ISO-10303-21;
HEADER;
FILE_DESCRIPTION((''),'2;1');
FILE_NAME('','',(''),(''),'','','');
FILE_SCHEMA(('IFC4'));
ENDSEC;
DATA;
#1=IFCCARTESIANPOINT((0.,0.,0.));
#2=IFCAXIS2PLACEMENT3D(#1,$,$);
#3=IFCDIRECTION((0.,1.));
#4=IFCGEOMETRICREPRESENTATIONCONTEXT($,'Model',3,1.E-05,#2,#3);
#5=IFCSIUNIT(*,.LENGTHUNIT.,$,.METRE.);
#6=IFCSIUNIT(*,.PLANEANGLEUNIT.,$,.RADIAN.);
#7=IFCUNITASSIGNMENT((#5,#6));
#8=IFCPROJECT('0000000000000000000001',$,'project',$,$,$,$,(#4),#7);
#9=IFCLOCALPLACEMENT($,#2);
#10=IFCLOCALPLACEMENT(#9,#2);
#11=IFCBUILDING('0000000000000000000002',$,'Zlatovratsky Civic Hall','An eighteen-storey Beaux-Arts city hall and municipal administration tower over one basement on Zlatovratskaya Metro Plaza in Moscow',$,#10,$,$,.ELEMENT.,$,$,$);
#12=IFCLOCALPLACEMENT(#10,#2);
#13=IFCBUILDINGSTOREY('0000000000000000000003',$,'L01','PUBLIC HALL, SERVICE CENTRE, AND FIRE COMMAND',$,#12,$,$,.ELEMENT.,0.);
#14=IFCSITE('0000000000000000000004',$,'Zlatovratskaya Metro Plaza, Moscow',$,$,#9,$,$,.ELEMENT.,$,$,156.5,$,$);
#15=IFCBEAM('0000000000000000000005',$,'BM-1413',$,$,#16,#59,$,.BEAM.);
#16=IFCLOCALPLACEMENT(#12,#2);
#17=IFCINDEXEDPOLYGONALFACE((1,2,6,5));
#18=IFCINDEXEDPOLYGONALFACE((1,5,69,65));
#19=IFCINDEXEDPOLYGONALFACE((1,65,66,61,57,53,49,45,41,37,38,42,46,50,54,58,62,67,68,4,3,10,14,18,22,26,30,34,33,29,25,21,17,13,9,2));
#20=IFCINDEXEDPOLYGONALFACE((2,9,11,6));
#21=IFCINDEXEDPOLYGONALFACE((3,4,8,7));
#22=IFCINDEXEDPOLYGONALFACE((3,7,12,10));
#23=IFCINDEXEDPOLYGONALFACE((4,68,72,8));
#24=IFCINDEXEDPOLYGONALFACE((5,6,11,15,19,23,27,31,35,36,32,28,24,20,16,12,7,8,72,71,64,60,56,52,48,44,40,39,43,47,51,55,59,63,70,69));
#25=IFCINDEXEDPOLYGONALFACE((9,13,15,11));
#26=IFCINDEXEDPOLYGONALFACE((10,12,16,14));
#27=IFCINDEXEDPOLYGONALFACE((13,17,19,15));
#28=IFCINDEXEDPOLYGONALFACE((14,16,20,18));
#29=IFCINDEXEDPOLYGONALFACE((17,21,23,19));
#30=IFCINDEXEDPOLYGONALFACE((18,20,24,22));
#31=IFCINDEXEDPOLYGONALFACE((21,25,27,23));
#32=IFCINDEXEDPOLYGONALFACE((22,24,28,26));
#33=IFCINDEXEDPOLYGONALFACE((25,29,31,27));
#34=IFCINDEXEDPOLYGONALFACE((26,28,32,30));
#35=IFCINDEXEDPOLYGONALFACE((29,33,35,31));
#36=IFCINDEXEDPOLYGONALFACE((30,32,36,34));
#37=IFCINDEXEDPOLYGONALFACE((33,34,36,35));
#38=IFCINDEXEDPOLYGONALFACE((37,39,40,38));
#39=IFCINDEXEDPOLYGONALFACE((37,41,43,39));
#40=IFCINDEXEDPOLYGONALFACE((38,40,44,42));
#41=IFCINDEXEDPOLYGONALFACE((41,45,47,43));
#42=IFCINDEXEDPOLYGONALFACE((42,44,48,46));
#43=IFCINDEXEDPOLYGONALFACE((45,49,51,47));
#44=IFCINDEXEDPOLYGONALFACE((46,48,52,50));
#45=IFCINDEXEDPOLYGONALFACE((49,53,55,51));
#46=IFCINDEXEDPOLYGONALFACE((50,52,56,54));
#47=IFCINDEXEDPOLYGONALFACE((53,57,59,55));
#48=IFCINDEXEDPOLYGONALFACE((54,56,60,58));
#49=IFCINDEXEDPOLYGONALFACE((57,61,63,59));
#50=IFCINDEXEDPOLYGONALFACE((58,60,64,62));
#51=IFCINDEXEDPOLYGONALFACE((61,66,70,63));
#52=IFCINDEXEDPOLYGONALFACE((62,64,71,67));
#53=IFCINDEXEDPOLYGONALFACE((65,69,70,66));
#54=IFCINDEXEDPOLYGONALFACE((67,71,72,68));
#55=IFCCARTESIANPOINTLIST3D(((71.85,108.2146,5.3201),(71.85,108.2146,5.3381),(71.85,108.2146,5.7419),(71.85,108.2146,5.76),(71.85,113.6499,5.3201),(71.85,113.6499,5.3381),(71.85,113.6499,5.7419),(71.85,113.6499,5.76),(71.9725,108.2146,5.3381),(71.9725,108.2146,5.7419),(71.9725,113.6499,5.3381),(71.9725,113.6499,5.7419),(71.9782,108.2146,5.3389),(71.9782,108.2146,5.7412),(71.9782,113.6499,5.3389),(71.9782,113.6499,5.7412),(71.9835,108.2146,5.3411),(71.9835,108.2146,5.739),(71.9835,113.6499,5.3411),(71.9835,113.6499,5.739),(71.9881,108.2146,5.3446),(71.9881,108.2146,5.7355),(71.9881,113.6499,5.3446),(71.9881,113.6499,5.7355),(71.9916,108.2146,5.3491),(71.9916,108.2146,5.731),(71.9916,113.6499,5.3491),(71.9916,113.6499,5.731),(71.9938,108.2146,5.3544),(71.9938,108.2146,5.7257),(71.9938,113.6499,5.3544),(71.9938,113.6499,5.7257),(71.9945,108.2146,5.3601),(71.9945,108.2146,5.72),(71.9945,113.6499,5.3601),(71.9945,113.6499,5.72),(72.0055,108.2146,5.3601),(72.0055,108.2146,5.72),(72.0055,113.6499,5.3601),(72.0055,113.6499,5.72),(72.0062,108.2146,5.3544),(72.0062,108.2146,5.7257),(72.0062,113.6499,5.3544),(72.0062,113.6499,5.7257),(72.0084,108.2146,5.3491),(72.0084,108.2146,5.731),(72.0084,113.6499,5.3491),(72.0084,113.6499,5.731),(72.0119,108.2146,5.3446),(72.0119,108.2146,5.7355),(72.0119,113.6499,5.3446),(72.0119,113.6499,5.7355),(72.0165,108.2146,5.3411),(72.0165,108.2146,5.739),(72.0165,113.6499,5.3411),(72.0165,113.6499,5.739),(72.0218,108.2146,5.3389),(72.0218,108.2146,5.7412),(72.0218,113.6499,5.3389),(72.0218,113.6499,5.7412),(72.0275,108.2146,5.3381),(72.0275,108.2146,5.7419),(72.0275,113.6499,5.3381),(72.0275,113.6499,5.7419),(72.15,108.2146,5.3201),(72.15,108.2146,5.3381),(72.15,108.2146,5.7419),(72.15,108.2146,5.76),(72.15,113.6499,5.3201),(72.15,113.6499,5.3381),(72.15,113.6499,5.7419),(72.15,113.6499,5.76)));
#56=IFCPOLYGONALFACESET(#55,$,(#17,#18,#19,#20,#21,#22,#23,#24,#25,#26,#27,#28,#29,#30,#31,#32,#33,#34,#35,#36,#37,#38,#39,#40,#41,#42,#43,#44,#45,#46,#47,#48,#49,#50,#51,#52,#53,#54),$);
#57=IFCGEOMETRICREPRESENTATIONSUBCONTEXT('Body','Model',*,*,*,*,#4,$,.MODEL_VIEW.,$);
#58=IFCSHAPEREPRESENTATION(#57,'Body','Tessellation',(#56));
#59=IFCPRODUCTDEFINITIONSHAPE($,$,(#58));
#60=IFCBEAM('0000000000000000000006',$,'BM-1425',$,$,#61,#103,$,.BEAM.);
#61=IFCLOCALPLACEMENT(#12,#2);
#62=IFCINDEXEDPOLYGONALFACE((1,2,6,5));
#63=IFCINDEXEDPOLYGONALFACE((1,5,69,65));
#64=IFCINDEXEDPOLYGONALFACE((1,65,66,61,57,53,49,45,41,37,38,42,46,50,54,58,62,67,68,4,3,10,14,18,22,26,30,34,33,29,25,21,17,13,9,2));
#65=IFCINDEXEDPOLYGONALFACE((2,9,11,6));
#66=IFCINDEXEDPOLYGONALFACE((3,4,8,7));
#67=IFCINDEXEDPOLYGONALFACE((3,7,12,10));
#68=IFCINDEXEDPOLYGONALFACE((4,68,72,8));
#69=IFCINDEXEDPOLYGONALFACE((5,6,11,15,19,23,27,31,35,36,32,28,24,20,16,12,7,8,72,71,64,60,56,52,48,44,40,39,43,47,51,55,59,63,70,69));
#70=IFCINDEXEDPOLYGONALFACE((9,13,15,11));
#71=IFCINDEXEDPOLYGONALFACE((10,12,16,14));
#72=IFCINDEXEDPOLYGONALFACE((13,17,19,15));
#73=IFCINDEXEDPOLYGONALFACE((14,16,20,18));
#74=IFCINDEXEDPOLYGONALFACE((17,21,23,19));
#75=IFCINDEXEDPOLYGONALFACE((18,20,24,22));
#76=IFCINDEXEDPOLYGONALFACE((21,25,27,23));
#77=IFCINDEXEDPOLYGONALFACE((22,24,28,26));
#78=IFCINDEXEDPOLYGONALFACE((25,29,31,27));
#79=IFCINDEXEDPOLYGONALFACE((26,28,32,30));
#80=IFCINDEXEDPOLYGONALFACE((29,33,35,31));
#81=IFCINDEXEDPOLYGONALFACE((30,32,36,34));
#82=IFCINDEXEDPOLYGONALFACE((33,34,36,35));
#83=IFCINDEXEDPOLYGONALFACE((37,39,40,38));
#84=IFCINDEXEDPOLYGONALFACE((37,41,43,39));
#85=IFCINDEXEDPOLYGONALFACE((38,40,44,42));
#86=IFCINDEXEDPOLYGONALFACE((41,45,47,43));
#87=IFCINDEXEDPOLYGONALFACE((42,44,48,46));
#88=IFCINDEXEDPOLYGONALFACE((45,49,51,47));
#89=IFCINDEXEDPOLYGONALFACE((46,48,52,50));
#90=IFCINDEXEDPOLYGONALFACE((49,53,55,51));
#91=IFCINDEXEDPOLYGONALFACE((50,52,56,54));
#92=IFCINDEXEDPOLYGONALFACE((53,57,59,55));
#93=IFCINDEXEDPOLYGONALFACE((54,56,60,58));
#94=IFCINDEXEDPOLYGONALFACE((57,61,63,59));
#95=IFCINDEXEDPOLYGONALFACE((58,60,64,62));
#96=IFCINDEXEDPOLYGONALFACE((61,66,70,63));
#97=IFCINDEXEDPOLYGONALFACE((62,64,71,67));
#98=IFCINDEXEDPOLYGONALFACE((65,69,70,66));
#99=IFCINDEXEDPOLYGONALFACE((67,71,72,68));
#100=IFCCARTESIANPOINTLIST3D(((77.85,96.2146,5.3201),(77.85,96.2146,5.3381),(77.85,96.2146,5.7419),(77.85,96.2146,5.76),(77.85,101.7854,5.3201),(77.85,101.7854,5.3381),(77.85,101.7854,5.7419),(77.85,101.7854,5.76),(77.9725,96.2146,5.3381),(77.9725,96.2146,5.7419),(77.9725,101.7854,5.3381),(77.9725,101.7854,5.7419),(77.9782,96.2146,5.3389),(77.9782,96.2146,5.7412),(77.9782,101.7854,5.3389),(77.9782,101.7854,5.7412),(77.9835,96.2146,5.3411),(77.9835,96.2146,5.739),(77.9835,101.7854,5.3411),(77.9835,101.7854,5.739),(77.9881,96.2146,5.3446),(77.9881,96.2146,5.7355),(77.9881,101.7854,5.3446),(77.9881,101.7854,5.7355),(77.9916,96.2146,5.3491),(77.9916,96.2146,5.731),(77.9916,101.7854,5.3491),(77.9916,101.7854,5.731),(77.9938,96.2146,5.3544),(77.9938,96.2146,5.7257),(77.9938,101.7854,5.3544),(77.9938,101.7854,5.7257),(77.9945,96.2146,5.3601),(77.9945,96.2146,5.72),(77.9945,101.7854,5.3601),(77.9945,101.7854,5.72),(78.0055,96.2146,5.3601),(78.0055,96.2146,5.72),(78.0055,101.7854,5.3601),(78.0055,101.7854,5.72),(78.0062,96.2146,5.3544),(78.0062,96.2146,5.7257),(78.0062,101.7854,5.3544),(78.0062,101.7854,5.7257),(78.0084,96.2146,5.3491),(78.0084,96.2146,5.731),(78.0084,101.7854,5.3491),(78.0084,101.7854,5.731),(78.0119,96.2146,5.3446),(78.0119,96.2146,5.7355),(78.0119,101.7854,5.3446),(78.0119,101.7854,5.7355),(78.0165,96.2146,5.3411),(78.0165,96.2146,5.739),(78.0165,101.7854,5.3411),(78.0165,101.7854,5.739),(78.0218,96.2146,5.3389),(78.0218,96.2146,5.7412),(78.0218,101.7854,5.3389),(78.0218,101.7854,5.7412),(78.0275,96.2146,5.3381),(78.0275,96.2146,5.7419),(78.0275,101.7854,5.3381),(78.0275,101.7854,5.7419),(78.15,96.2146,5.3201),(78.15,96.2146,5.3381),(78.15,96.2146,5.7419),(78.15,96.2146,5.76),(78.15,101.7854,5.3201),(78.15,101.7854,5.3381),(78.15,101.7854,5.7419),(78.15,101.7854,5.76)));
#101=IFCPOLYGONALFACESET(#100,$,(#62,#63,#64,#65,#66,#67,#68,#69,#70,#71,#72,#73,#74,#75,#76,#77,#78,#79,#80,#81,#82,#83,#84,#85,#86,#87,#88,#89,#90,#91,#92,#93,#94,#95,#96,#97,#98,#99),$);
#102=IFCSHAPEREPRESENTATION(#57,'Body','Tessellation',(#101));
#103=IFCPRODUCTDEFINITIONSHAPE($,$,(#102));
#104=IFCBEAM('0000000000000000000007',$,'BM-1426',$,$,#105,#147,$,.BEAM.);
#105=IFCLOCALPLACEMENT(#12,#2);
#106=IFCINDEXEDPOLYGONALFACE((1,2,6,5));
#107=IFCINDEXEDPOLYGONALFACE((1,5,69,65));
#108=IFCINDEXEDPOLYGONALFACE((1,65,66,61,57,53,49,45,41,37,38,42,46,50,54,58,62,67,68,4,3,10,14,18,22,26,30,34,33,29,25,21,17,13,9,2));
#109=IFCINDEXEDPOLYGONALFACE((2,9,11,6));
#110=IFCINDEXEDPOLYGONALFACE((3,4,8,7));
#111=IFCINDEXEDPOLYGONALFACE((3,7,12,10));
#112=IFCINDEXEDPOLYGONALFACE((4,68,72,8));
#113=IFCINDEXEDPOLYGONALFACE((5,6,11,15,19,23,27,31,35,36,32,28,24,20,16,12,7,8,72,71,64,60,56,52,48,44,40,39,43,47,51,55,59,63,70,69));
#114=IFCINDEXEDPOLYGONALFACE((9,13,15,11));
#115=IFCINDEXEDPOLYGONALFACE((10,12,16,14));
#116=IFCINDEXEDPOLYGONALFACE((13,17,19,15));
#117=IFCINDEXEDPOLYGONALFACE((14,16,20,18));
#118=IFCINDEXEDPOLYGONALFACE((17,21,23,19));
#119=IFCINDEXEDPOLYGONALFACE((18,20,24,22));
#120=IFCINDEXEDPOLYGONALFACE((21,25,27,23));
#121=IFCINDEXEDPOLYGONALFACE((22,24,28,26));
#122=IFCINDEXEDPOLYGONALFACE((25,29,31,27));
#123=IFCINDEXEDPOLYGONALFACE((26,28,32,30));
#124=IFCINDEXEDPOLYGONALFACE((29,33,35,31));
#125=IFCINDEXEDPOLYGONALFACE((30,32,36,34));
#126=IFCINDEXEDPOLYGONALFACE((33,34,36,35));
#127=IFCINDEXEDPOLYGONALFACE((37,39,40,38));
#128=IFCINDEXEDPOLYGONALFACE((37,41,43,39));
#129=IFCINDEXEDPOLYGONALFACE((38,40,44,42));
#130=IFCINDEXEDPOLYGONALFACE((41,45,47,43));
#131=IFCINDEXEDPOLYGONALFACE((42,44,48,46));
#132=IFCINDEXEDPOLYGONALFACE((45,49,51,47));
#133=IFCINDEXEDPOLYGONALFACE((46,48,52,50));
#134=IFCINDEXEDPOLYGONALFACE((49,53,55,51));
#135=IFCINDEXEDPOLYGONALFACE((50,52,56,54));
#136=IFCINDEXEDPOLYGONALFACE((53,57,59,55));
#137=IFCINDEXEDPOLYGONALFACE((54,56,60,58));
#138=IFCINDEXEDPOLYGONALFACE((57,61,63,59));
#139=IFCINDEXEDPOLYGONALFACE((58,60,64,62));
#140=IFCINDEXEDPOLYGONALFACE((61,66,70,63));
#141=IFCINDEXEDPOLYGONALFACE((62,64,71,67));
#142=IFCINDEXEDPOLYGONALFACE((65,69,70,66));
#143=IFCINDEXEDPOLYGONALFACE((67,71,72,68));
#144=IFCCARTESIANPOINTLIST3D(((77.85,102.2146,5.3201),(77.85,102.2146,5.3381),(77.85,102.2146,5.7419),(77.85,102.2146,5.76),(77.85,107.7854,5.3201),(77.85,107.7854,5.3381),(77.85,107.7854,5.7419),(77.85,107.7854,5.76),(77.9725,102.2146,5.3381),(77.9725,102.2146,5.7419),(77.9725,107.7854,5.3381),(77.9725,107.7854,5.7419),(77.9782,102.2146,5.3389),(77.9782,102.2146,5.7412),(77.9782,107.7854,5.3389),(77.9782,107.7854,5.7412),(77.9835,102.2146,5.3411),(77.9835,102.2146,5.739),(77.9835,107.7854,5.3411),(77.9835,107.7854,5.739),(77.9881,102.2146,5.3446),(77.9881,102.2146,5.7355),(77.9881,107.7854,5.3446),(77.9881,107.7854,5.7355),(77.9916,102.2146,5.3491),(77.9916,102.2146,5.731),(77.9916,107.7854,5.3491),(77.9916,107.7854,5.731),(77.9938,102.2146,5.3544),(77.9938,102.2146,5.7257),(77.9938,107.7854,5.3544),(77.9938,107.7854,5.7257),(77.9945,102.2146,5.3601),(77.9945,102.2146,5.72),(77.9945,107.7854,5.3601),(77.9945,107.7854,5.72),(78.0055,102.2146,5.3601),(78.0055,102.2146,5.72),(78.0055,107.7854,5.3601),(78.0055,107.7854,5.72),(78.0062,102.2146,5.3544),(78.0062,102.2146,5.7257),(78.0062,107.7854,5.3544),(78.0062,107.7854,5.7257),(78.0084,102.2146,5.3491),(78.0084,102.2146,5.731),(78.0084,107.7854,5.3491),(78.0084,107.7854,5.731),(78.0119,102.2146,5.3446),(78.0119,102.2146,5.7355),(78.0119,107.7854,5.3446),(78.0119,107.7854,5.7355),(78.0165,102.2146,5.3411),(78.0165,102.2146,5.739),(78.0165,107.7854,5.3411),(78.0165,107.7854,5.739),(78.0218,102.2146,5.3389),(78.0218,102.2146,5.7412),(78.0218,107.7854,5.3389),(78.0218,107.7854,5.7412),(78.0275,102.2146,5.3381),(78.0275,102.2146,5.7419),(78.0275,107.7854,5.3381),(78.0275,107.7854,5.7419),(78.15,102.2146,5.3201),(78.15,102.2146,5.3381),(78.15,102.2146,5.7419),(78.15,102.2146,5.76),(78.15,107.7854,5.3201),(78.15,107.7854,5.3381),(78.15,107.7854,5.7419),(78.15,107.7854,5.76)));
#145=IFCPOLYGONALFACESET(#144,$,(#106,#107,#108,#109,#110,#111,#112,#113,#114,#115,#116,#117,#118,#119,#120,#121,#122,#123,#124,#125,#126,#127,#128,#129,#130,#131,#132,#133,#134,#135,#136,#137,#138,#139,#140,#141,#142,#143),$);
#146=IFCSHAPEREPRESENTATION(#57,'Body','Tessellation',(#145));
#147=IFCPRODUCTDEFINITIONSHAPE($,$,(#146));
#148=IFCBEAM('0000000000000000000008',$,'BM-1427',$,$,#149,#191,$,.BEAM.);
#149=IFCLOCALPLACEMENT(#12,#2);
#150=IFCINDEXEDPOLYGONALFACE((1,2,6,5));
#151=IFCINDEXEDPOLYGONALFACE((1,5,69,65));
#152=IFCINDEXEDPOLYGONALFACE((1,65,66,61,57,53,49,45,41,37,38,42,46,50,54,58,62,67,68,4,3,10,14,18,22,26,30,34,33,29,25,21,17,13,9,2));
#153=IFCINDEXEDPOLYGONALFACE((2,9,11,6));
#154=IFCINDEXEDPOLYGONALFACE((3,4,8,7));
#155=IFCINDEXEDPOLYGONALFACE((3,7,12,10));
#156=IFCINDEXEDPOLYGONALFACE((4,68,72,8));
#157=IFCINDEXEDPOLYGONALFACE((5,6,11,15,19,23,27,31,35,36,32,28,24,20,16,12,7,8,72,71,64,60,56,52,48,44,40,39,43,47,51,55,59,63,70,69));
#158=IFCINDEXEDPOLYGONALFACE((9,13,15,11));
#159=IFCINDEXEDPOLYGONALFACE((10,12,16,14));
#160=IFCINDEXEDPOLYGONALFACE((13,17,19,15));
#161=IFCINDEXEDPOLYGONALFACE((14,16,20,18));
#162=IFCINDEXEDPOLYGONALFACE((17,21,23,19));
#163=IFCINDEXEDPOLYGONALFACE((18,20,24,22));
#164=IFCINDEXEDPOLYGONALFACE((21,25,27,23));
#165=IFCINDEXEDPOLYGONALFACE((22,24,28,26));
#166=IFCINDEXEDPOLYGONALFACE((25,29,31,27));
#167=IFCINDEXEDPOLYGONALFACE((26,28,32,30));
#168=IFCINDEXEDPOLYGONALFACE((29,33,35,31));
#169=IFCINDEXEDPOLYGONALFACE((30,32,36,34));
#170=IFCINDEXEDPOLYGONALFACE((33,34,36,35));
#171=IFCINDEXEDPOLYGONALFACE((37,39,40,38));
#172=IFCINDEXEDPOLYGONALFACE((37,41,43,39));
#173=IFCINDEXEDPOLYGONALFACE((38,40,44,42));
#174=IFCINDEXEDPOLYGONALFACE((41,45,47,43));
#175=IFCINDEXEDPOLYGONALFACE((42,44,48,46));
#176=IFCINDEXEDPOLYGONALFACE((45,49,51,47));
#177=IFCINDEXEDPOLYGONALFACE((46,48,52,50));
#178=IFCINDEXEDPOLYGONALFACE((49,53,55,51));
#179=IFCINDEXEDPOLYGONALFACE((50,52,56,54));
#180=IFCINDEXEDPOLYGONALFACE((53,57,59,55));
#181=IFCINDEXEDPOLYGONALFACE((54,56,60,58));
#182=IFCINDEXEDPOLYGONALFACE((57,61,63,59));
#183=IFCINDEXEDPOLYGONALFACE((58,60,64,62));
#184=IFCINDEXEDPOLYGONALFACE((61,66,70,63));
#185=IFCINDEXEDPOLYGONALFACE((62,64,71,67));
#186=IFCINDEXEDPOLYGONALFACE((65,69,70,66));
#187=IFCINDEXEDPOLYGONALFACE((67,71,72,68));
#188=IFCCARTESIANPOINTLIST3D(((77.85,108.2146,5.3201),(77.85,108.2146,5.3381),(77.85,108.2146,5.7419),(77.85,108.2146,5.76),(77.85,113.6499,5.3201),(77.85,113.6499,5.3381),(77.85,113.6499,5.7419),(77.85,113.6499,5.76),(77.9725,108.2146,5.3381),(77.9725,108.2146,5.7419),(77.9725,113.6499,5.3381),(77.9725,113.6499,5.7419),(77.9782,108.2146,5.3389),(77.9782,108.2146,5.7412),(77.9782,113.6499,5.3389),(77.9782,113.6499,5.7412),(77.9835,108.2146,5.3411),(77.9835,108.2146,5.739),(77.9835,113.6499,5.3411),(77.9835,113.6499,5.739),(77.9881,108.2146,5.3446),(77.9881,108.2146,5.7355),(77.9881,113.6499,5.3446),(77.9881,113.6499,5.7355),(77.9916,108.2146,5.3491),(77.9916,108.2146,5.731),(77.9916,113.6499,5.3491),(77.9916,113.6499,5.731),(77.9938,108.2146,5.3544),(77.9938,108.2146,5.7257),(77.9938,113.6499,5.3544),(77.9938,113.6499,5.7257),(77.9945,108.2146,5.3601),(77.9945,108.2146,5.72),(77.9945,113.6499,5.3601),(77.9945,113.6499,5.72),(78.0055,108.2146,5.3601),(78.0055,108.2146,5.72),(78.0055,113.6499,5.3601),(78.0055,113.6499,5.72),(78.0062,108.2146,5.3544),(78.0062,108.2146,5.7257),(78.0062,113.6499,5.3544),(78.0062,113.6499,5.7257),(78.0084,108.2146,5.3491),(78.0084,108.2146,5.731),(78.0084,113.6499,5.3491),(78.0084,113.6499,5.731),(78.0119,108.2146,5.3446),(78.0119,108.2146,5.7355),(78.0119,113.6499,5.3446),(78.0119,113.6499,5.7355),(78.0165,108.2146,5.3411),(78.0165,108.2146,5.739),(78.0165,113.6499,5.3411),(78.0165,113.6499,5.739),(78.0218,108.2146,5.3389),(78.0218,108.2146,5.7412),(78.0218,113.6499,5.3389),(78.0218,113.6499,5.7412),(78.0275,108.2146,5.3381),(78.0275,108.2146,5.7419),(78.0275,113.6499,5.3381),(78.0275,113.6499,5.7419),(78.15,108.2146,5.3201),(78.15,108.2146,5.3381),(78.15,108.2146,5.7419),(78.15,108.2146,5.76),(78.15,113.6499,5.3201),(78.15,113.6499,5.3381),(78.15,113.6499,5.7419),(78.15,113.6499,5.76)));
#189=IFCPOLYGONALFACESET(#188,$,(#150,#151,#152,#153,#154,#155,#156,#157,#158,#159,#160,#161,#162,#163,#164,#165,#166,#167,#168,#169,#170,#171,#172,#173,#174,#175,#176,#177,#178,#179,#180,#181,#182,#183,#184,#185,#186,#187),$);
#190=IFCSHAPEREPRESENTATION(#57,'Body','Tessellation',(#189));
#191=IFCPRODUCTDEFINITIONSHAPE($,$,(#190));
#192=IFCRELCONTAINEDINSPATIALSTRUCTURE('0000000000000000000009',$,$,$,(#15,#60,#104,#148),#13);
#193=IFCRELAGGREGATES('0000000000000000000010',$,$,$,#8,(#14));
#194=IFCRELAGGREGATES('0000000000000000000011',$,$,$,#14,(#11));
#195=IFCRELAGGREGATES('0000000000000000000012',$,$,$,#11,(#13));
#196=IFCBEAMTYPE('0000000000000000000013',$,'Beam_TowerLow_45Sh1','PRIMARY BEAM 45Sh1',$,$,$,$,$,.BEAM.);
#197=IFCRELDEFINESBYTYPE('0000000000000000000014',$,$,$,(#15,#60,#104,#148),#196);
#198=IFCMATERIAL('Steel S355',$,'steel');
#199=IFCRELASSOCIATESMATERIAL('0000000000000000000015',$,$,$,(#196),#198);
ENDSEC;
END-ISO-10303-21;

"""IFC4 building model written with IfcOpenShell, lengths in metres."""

from ifc_helpers import new_model, si_unit, direction, frame, origin, origin_2d, place, context, subcontext, project, spatial, i_section, extrude, material, material_profile, profile_set, type_object, element, save


model = new_model("IFC4")

# Units and contexts
model_context = context("Model", 3, precision=1e-05, world=origin(), true_north=direction((0.0, 1.0)))
body_context = subcontext(model_context, "Body", "Model", "MODEL_VIEW")
ifc_project = project(units=[si_unit("LENGTHUNIT", "METRE"), si_unit("PLANEANGLEUNIT", "RADIAN")], contexts=[model_context])

# Site, building, storey
site_placement = place(None, origin())
site = spatial("IfcSite", under=ifc_project, at=site_placement, Name="Zlatovratskaya Metro Plaza, Moscow", CompositionType="ELEMENT", RefElevation=156.5)
building_placement = place(site_placement, origin())
building = spatial("IfcBuilding", under=site, at=building_placement, Name="Zlatovratsky Civic Hall", Description="An eighteen-storey Beaux-Arts city hall and municipal administration tower over one basement on Zlatovratskaya Metro Plaza in Moscow", CompositionType="ELEMENT")
storey_placement = place(building_placement, origin())
storey = spatial("IfcBuildingStorey", under=building, at=storey_placement, Name="L01", Description="PUBLIC HALL, SERVICE CENTRE, AND FIRE COMMAND", CompositionType="ELEMENT", Elevation=0.0)

# Shared definitions
ifc_material_1 = material(Name="Steel S355", Category="steel")

# Beams
ifc_material_profile_1 = material_profile(ifc_material_1, i_section(OverallWidth=0.3, OverallDepth=0.4399, WebThickness=0.011, FlangeThickness=0.0181, FilletRadius=0.022, at=origin_2d()), Name="45Sh1")
ifc_profile_set_1 = profile_set([ifc_material_profile_1], Name="Steel S355")
beam_type_1 = type_object("IfcBeamType", Name="Beam_TowerLow_45Sh1", Description="PRIMARY BEAM 45Sh1", PredefinedType="BEAM", material=ifc_profile_set_1)
beam_1_placement = place(storey_placement, frame((72.0, 108.2146, 5.54), z_axis=(0.0, 1.0, 0.0), x_axis=(-1.0, 0.0, 0.0)))
element("IfcBeam", 1, at=beam_1_placement, inside=storey, type_object=beam_type_1, Name="BM-1413", PredefinedType="BEAM", context=body_context, shape_type="SweptSolid", body=[
    extrude(i_section(OverallWidth=0.3, OverallDepth=0.4399, WebThickness=0.011, FlangeThickness=0.0181, FilletRadius=0.022, at=origin_2d()), origin(), (0.0, 0.0, 1.0), 5.4353),
])
for number, where, z_axis, x_axis, name in (
    (2, (78.0, 96.2146, 5.54), (0.0, 1.0, 0.0), (-1.0, 0.0, 0.0), "BM-1425"),
    (3, (78.0, 102.2146, 5.54), (0.0, 1.0, 0.0), (-1.0, 0.0, 0.0), "BM-1426"),
):
    element("IfcBeam", number, at=place(storey_placement, frame(where, z_axis=z_axis, x_axis=x_axis)), inside=storey, type_object=beam_type_1, Name=name, PredefinedType="BEAM", context=body_context, shape_type="SweptSolid", body=[
        extrude(i_section(OverallWidth=0.3, OverallDepth=0.4399, WebThickness=0.011, FlangeThickness=0.0181, FilletRadius=0.022, at=origin_2d()), origin(), (0.0, 0.0, 1.0), 5.5708),
    ])
beam_2_placement = place(storey_placement, frame((78.0, 108.2146, 5.54), z_axis=(0.0, 1.0, 0.0), x_axis=(-1.0, 0.0, 0.0)))
element("IfcBeam", 4, at=beam_2_placement, inside=storey, type_object=beam_type_1, Name="BM-1427", PredefinedType="BEAM", context=body_context, shape_type="SweptSolid", body=[
    extrude(i_section(OverallWidth=0.3, OverallDepth=0.4399, WebThickness=0.011, FlangeThickness=0.0181, FilletRadius=0.022, at=origin_2d()), origin(), (0.0, 0.0, 1.0), 5.4353),
])

save(model, "model.ifc")
